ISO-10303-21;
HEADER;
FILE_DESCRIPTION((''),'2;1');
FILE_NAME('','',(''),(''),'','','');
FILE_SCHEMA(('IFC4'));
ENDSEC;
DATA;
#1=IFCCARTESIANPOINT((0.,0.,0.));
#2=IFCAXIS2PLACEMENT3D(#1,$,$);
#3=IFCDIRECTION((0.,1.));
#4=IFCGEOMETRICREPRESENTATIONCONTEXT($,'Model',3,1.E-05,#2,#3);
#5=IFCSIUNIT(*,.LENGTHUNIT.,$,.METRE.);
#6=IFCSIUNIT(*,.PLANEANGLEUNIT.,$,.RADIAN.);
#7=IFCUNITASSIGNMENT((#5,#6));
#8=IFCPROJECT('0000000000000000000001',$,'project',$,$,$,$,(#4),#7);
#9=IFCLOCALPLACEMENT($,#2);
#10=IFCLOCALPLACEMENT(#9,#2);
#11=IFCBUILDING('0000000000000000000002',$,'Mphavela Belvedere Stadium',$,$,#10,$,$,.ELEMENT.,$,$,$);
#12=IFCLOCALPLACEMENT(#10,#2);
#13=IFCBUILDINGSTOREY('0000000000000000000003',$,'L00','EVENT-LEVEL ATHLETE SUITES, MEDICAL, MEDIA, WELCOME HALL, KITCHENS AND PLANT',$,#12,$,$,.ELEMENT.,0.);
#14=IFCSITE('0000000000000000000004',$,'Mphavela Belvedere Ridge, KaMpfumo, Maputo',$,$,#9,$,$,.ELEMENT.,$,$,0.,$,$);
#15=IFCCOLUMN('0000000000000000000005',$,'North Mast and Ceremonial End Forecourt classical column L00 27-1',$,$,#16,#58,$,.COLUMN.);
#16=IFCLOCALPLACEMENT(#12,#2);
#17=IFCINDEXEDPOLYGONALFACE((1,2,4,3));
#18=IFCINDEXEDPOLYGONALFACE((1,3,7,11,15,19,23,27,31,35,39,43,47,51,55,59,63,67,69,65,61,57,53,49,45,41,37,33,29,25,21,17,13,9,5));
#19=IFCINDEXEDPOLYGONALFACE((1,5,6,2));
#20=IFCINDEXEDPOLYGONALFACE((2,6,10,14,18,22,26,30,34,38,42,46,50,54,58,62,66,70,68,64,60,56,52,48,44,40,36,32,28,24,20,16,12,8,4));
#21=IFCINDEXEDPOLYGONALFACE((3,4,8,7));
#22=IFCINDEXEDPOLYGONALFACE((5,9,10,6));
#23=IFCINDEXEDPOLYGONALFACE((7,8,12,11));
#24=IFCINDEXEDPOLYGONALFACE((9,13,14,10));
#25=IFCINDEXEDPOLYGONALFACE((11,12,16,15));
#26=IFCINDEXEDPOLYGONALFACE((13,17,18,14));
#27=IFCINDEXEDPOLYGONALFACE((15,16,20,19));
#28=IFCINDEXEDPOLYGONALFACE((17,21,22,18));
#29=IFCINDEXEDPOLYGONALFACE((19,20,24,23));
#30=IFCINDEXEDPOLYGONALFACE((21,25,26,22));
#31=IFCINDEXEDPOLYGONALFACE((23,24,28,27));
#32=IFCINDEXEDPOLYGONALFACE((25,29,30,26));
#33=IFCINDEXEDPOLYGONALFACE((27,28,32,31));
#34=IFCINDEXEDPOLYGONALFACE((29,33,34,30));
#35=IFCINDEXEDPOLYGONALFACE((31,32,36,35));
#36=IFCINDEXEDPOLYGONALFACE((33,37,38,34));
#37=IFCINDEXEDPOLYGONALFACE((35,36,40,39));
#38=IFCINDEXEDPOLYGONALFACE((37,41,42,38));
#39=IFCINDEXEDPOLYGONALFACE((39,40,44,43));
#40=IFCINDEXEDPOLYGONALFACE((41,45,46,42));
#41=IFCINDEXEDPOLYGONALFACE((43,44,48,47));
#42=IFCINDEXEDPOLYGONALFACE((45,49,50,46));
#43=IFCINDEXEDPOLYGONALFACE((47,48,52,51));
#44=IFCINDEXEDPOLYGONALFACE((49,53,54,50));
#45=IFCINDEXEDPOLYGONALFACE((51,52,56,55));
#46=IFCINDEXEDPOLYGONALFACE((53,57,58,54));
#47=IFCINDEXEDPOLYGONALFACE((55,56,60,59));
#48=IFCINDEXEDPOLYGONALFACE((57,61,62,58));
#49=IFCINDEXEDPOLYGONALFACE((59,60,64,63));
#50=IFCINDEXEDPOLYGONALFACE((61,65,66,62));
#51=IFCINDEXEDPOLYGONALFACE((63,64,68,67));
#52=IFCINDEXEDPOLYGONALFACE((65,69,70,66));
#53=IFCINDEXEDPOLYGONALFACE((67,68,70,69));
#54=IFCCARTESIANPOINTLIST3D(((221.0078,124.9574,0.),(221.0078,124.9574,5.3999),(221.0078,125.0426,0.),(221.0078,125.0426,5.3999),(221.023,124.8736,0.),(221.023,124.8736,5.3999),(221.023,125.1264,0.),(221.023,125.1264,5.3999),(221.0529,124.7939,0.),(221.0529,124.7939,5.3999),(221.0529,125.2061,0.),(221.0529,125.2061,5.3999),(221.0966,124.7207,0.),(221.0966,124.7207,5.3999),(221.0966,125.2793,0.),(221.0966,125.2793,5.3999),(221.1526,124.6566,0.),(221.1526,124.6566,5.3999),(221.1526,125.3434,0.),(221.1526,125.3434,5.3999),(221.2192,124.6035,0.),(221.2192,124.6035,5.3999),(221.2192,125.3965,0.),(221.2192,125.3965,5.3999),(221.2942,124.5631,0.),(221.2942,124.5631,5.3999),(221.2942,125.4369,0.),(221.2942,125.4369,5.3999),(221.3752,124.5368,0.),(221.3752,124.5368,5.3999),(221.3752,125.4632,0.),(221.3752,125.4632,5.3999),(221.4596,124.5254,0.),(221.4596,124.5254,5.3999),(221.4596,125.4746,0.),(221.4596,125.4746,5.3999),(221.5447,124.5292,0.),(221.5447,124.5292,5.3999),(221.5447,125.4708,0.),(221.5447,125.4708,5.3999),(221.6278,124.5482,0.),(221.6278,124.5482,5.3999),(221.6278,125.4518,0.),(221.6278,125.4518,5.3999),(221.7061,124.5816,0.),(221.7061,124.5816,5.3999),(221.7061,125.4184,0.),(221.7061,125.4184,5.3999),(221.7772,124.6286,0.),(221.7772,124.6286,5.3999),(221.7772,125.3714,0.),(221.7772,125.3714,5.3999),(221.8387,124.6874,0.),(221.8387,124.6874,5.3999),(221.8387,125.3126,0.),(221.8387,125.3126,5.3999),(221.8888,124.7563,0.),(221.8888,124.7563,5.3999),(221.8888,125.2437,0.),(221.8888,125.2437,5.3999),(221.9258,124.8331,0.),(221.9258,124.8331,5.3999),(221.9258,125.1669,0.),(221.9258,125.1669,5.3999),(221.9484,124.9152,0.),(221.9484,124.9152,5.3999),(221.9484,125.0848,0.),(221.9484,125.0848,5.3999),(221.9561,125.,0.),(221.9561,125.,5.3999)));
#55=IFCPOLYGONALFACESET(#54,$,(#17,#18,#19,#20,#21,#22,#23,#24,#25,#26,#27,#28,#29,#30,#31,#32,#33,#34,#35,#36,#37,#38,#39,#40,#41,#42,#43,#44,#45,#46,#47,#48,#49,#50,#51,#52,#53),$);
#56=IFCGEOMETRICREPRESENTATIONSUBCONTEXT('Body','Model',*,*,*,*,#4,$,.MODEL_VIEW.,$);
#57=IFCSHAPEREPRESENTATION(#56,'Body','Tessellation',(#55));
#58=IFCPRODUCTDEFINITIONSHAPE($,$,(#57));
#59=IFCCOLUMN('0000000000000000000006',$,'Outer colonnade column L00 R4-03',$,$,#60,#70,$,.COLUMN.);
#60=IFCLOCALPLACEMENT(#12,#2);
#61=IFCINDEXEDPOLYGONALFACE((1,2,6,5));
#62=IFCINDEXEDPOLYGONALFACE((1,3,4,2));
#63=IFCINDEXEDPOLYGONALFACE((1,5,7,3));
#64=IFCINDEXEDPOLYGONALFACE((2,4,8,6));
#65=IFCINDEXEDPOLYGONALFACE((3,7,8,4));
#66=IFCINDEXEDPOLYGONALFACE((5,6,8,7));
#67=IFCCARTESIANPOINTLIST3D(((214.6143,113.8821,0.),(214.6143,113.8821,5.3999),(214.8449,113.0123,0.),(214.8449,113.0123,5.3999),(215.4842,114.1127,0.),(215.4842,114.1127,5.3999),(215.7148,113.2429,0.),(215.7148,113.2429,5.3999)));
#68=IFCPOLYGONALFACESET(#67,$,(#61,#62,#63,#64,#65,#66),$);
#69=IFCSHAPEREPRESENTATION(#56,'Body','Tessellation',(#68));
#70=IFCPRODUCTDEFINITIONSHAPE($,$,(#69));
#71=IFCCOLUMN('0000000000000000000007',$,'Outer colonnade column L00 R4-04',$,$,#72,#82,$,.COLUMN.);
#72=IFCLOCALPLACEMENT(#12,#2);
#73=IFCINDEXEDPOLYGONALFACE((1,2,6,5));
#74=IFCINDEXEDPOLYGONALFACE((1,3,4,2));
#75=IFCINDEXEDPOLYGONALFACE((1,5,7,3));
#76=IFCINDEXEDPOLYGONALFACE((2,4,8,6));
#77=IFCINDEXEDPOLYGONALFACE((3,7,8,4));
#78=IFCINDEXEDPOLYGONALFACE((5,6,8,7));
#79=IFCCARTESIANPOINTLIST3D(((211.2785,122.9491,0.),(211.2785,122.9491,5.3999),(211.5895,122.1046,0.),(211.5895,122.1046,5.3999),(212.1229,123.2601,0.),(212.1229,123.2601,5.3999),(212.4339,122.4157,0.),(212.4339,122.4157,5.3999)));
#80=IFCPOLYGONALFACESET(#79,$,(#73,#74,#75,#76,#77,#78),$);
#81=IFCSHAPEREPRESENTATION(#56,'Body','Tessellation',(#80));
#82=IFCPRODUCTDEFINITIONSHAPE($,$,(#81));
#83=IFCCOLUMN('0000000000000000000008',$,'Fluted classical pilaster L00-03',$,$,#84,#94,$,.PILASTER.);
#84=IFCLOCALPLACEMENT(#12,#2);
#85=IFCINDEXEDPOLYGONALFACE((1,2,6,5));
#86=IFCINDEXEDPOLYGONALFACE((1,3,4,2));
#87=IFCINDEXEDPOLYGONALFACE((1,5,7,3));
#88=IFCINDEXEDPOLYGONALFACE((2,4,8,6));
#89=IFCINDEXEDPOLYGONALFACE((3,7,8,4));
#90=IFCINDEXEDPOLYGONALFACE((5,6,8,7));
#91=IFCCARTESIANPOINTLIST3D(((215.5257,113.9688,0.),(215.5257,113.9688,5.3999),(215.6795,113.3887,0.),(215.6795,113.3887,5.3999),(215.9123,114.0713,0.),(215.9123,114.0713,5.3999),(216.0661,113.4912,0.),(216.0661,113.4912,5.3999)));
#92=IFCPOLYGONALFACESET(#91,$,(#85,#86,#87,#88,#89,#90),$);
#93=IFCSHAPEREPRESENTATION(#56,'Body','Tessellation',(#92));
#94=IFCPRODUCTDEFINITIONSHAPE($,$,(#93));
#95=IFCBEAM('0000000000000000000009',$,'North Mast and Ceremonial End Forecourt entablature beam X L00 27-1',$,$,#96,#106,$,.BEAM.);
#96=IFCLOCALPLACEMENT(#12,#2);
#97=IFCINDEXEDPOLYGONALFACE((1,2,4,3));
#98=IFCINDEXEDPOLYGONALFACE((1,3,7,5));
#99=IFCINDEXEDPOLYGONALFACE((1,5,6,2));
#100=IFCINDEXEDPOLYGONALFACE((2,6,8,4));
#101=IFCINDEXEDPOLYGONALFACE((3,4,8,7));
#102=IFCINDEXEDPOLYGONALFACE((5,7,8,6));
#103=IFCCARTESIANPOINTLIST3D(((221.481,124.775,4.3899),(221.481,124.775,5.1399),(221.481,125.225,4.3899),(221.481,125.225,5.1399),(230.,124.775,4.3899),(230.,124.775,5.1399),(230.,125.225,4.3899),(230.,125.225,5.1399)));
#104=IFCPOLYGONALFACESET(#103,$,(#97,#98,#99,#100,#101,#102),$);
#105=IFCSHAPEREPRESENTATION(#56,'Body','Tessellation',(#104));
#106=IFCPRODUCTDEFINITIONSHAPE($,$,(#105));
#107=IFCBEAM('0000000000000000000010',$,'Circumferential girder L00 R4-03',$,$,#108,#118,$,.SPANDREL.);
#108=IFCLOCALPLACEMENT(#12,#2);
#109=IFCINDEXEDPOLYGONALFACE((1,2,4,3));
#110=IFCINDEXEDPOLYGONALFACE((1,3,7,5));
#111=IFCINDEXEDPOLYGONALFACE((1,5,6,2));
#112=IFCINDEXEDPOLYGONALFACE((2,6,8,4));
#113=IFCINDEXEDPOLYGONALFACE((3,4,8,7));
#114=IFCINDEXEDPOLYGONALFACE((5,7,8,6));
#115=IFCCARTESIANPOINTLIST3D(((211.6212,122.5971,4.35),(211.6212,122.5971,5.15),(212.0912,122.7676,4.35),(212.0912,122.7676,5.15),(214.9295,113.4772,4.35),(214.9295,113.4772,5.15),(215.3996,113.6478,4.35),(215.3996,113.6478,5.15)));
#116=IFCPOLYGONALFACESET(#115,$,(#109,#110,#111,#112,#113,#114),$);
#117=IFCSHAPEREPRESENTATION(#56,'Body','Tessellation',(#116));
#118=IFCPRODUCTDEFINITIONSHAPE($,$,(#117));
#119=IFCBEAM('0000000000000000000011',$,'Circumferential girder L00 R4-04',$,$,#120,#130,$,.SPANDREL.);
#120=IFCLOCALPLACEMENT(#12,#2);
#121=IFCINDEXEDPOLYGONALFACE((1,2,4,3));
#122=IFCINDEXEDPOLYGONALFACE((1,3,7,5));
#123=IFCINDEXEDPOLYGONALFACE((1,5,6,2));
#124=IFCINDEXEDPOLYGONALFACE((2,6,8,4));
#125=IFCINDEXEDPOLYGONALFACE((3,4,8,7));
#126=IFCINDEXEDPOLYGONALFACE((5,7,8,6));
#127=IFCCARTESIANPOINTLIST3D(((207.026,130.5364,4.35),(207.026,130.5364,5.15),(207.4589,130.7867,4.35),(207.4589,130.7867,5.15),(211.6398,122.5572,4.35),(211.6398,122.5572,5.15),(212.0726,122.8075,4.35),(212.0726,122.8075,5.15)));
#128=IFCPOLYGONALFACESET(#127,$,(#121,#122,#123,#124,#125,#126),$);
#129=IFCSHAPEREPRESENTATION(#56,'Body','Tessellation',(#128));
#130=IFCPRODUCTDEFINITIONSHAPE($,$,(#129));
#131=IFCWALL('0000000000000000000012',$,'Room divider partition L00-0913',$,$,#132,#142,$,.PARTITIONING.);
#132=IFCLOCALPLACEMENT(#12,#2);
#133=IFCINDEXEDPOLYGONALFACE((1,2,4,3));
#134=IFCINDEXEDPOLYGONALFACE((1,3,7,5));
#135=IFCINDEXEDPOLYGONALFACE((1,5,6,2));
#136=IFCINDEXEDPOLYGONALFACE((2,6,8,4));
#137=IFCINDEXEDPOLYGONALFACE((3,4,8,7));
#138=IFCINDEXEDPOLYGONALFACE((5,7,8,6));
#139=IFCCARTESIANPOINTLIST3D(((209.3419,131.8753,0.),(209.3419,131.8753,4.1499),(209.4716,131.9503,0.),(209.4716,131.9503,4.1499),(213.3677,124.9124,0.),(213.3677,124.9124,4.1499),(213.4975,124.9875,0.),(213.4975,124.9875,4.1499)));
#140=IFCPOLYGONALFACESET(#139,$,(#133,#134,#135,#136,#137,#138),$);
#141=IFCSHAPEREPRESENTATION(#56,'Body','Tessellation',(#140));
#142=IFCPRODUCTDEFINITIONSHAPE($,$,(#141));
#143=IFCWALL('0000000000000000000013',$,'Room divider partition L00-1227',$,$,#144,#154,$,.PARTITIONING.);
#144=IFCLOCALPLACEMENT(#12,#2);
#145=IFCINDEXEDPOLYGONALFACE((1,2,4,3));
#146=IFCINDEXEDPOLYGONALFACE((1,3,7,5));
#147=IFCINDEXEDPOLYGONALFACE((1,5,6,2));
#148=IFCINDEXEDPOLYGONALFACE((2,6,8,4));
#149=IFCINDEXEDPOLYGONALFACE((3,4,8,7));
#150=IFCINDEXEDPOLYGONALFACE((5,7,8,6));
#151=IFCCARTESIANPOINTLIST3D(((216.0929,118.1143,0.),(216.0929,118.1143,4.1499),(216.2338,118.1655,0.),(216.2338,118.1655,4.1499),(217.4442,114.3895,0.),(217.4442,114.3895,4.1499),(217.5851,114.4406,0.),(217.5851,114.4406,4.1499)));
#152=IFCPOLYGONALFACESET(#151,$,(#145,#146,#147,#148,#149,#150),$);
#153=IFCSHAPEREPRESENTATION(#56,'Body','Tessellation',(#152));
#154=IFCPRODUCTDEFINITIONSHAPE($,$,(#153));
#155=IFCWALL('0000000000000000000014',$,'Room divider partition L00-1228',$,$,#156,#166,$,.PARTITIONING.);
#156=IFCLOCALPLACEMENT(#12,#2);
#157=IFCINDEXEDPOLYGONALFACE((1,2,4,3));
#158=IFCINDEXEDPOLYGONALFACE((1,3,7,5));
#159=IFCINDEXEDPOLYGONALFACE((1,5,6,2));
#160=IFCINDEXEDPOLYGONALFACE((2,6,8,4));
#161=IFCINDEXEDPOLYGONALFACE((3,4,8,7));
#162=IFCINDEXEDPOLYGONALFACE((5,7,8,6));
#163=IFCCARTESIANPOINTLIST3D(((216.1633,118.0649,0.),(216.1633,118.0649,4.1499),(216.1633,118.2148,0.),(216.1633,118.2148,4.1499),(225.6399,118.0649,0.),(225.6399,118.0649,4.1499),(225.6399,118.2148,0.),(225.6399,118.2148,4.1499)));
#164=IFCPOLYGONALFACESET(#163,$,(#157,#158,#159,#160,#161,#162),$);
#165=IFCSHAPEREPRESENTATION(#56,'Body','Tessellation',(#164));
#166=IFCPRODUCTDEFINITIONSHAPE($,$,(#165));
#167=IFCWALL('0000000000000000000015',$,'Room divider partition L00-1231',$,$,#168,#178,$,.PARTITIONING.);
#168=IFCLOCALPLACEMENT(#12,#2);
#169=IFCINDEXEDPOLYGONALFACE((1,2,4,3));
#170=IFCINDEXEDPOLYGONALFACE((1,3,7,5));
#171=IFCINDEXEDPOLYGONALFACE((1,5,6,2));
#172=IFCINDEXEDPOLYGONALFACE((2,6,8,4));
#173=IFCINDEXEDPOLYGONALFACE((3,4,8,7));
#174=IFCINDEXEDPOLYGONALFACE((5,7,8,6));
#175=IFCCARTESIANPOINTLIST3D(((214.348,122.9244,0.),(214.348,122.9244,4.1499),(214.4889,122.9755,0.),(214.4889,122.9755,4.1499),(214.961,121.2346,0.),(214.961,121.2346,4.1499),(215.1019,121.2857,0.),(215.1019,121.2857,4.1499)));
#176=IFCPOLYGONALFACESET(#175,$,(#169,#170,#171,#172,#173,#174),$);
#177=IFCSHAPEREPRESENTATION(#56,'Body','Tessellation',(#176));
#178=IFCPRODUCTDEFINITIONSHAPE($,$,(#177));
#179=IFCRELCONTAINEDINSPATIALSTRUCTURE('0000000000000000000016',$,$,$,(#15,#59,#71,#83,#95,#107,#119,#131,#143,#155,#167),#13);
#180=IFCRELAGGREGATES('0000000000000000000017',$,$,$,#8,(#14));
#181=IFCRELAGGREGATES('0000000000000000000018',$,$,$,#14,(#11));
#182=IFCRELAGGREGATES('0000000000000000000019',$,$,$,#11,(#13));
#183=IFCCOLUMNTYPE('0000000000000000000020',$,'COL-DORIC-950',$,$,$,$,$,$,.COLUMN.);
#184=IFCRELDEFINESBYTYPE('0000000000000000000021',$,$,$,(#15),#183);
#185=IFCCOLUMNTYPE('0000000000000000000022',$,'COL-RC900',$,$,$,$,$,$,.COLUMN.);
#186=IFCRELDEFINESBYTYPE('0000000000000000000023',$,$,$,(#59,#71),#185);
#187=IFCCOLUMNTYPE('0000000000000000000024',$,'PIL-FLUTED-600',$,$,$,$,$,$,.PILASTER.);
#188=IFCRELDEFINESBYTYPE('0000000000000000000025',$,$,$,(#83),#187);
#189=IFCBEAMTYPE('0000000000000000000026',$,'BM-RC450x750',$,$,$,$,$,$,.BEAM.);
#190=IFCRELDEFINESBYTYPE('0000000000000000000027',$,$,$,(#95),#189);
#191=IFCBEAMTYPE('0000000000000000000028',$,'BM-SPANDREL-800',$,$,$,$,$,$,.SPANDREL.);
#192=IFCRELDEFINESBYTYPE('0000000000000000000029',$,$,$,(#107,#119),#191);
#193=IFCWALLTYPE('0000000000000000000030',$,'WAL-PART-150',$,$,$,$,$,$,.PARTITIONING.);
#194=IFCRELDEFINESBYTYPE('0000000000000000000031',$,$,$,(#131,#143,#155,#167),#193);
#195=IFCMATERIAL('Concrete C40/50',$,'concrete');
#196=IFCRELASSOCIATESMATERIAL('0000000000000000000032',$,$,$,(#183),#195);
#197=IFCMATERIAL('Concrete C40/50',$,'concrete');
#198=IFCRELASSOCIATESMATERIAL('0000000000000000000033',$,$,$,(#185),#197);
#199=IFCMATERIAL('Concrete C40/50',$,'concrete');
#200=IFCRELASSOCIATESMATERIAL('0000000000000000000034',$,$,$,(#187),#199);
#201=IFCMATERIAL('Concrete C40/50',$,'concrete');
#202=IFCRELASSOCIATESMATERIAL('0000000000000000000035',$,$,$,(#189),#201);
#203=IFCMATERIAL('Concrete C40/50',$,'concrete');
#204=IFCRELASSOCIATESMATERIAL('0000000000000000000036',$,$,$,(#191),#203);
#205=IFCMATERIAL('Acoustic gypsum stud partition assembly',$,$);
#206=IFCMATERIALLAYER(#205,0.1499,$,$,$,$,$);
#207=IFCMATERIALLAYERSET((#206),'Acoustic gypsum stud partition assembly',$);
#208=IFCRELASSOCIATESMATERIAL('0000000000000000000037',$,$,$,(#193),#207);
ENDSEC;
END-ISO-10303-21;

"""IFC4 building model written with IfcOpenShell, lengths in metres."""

from ifc_helpers import new_model, si_unit, direction, frame, frame_2d, origin, origin_2d, place, context, subcontext, project, spatial, rectangle, circle, extrude, material, layer, layer_set, material_profile, profile_set, type_object, element, save


model = new_model("IFC4")

# Units and contexts
model_context = context("Model", 3, precision=1e-05, world=origin(), true_north=direction((0.0, 1.0)))
body_context = subcontext(model_context, "Body", "Model", "MODEL_VIEW")
ifc_project = project(units=[si_unit("LENGTHUNIT", "METRE"), si_unit("PLANEANGLEUNIT", "RADIAN")], contexts=[model_context])

# Site, building, storey
site_placement = place(None, origin())
site = spatial("IfcSite", under=ifc_project, at=site_placement, Name="Mphavela Belvedere Ridge, KaMpfumo, Maputo", CompositionType="ELEMENT", RefElevation=0.0)
building_placement = place(site_placement, origin())
building = spatial("IfcBuilding", under=site, at=building_placement, Name="Mphavela Belvedere Stadium", CompositionType="ELEMENT")
storey_placement = place(building_placement, origin())
storey = spatial("IfcBuildingStorey", under=building, at=storey_placement, Name="L00", Description="EVENT-LEVEL ATHLETE SUITES, MEDICAL, MEDIA, WELCOME HALL, KITCHENS AND PLANT", CompositionType="ELEMENT", Elevation=0.0)

# Columns
ifc_material_1 = material(Name="Concrete C40/50", Category="concrete")
ifc_material_profile_1 = material_profile(ifc_material_1, circle(Radius=0.4751, at=origin_2d()), Name="COL D950")
ifc_profile_set_1 = profile_set([ifc_material_profile_1], Name="Concrete C40/50")
column_type_1 = type_object("IfcColumnType", Name="COL-DORIC-950", PredefinedType="COLUMN", material=ifc_profile_set_1)
column_1_placement = place(storey_placement, frame((221.481, 125.0, 0.0), z_axis=(0.0, 0.0, 1.0), x_axis=(1.0, 0.0, 0.0)))
element("IfcColumn", 1, at=column_1_placement, inside=storey, type_object=column_type_1, Name="North Mast and Ceremonial End Forecourt classical column L00 27-1", PredefinedType="COLUMN", context=body_context, shape_type="SweptSolid", body=[
    extrude(circle(Radius=0.4751, at=origin_2d()), origin(), (0.0, 0.0, 1.0), 5.3999),
])
ifc_material_2 = material(Name="Concrete C40/50", Category="concrete")
ifc_material_profile_2 = material_profile(ifc_material_2, rectangle(XDim=0.8999, YDim=0.8999, at=origin_2d()), Name="RC 900x900")
ifc_profile_set_2 = profile_set([ifc_material_profile_2], Name="Concrete C40/50")
column_type_2 = type_object("IfcColumnType", Name="COL-RC900", PredefinedType="COLUMN", material=ifc_profile_set_2)
for number, where, z_axis, x_axis, name in (
    (2, (215.1646, 113.5625, 0.0), (0.0, 0.0, 1.0), (0.9666, 0.256289, 0.0), "Outer colonnade column L00 R4-03"),
    (3, (211.8562, 122.6824, 0.0), (0.0, 0.0, 1.0), (0.938372, 0.345626, 0.0), "Outer colonnade column L00 R4-04"),
):
    element("IfcColumn", number, at=place(storey_placement, frame(where, z_axis=z_axis, x_axis=x_axis)), inside=storey, type_object=column_type_2, Name=name, PredefinedType="COLUMN", context=body_context, shape_type="SweptSolid", body=[
        extrude(rectangle(XDim=0.8999, YDim=0.8999, at=origin_2d()), origin(), (0.0, 0.0, 1.0), 5.3999),
    ])
ifc_material_3 = material(Name="Concrete C40/50", Category="concrete")
ifc_material_profile_3 = material_profile(ifc_material_3, rectangle(XDim=0.6001, YDim=0.3999, at=origin_2d()), Name="PIL 600x400")
ifc_profile_set_3 = profile_set([ifc_material_profile_3], Name="Concrete C40/50")
column_type_3 = type_object("IfcColumnType", Name="PIL-FLUTED-600", PredefinedType="PILASTER", material=ifc_profile_set_3)
column_2_placement = place(storey_placement, frame((215.7959, 113.73, 0.0), z_axis=(0.0, 0.0, 1.0), x_axis=(-0.256289, 0.9666, 0.0)))
element("IfcColumn", 4, at=column_2_placement, inside=storey, type_object=column_type_3, Name="Fluted classical pilaster L00-03", PredefinedType="PILASTER", context=body_context, shape_type="SweptSolid", body=[
    extrude(rectangle(XDim=0.6001, YDim=0.3999, at=origin_2d()), origin(), (0.0, 0.0, 1.0), 5.3999),
])

# Beams
ifc_material_4 = material(Name="Concrete C40/50", Category="concrete")
ifc_material_profile_4 = material_profile(ifc_material_4, rectangle(XDim=0.45, YDim=0.75, at=origin_2d()), Name="RC 450x750")
ifc_profile_set_4 = profile_set([ifc_material_profile_4], Name="Concrete C40/50")
beam_type_1 = type_object("IfcBeamType", Name="BM-RC450x750", PredefinedType="BEAM", material=ifc_profile_set_4)
beam_1_placement = place(storey_placement, frame((221.481, 125.0, 4.7649), z_axis=(1.0, 0.0, 0.0), x_axis=(0.0, 1.0, 0.0)))
element("IfcBeam", 5, at=beam_1_placement, inside=storey, type_object=beam_type_1, Name="North Mast and Ceremonial End Forecourt entablature beam X L00 27-1", PredefinedType="BEAM", context=body_context, shape_type="SweptSolid", body=[
    extrude(rectangle(XDim=0.45, YDim=0.75, at=origin_2d()), origin(), (0.0, 0.0, 1.0), 8.519),
])
ifc_material_5 = material(Name="Concrete C40/50", Category="concrete")
ifc_material_profile_5 = material_profile(ifc_material_5, rectangle(XDim=0.5, YDim=0.8, at=origin_2d()), Name="RC 500x800")
ifc_profile_set_5 = profile_set([ifc_material_profile_5], Name="Concrete C40/50")
beam_type_2 = type_object("IfcBeamType", Name="BM-SPANDREL-800", PredefinedType="SPANDREL", material=ifc_profile_set_5)
beam_2_placement = place(storey_placement, frame((215.1646, 113.5625, 4.75), z_axis=(-0.341018, 0.940057, 0.0), x_axis=(-0.940057, -0.341018, 0.0)))
element("IfcBeam", 6, at=beam_2_placement, inside=storey, type_object=beam_type_2, Name="Circumferential girder L00 R4-03", PredefinedType="SPANDREL", context=body_context, shape_type="SweptSolid", body=[
    extrude(rectangle(XDim=0.5, YDim=0.8, at=origin_2d()), origin(), (0.0, 0.0, 1.0), 9.7014),
])
beam_3_placement = place(storey_placement, frame((211.8562, 122.6824, 4.75), z_axis=(-0.500565, 0.865699, 0.0), x_axis=(-0.865699, -0.500565, 0.0)))
element("IfcBeam", 7, at=beam_3_placement, inside=storey, type_object=beam_type_2, Name="Circumferential girder L00 R4-04", PredefinedType="SPANDREL", context=body_context, shape_type="SweptSolid", body=[
    extrude(rectangle(XDim=0.5, YDim=0.8, at=origin_2d()), origin(), (0.0, 0.0, 1.0), 9.217),
])

# Walls
ifc_material_6 = material(Name="Acoustic gypsum stud partition assembly")
ifc_layer_1 = layer(ifc_material_6, 0.1499)
ifc_layer_set_1 = layer_set([ifc_layer_1], Name="Acoustic gypsum stud partition assembly")
wall_type_1 = type_object("IfcWallType", Name="WAL-PART-150", PredefinedType="PARTITIONING", material=ifc_layer_set_1)
wall_1_placement = place(storey_placement, frame((213.4326, 124.95, 0.0), z_axis=(0.0, 0.0, 1.0), x_axis=(-0.500546, 0.86571, 0.0)))
element("IfcWall", 8, at=wall_1_placement, inside=storey, type_object=wall_type_1, Name="Room divider partition L00-0913", PredefinedType="PARTITIONING", context=body_context, shape_type="SweptSolid", body=[
    extrude(rectangle(XDim=8.043, YDim=0.1499, at=frame_2d((4.0215, 0.0))), origin(), (0.0, 0.0, 1.0), 4.1499),
])
wall_2_placement = place(storey_placement, frame((217.5146, 114.415, 0.0), z_axis=(0.0, 0.0, 1.0), x_axis=(-0.341036, 0.94005, 0.0)))
element("IfcWall", 9, at=wall_2_placement, inside=storey, type_object=wall_type_1, Name="Room divider partition L00-1227", PredefinedType="PARTITIONING", context=body_context, shape_type="SweptSolid", body=[
    extrude(rectangle(XDim=3.9624, YDim=0.1499, at=frame_2d((1.9812, 0.0))), origin(), (0.0, 0.0, 1.0), 4.1499),
])
wall_3_placement = place(storey_placement, frame((216.1633, 118.1399, 0.0), z_axis=(0.0, 0.0, 1.0), x_axis=(1.0, 0.0, 0.0)))
element("IfcWall", 10, at=wall_3_placement, inside=storey, type_object=wall_type_1, Name="Room divider partition L00-1228", PredefinedType="PARTITIONING", context=body_context, shape_type="SweptSolid", body=[
    extrude(rectangle(XDim=9.4766, YDim=0.1499, at=frame_2d((4.7383, 0.0))), origin(), (0.0, 0.0, 1.0), 4.1499),
])
wall_4_placement = place(storey_placement, frame((215.0315, 121.26, 0.0), z_axis=(0.0, 0.0, 1.0), x_axis=(-0.341012, 0.940059, 0.0)))
element("IfcWall", 11, at=wall_4_placement, inside=storey, type_object=wall_type_1, Name="Room divider partition L00-1231", PredefinedType="PARTITIONING", context=body_context, shape_type="SweptSolid", body=[
    extrude(rectangle(XDim=1.7976, YDim=0.1499, at=frame_2d((0.8989, 0.0))), origin(), (0.0, 0.0, 1.0), 4.1499),
])

save(model, "model.ifc")
